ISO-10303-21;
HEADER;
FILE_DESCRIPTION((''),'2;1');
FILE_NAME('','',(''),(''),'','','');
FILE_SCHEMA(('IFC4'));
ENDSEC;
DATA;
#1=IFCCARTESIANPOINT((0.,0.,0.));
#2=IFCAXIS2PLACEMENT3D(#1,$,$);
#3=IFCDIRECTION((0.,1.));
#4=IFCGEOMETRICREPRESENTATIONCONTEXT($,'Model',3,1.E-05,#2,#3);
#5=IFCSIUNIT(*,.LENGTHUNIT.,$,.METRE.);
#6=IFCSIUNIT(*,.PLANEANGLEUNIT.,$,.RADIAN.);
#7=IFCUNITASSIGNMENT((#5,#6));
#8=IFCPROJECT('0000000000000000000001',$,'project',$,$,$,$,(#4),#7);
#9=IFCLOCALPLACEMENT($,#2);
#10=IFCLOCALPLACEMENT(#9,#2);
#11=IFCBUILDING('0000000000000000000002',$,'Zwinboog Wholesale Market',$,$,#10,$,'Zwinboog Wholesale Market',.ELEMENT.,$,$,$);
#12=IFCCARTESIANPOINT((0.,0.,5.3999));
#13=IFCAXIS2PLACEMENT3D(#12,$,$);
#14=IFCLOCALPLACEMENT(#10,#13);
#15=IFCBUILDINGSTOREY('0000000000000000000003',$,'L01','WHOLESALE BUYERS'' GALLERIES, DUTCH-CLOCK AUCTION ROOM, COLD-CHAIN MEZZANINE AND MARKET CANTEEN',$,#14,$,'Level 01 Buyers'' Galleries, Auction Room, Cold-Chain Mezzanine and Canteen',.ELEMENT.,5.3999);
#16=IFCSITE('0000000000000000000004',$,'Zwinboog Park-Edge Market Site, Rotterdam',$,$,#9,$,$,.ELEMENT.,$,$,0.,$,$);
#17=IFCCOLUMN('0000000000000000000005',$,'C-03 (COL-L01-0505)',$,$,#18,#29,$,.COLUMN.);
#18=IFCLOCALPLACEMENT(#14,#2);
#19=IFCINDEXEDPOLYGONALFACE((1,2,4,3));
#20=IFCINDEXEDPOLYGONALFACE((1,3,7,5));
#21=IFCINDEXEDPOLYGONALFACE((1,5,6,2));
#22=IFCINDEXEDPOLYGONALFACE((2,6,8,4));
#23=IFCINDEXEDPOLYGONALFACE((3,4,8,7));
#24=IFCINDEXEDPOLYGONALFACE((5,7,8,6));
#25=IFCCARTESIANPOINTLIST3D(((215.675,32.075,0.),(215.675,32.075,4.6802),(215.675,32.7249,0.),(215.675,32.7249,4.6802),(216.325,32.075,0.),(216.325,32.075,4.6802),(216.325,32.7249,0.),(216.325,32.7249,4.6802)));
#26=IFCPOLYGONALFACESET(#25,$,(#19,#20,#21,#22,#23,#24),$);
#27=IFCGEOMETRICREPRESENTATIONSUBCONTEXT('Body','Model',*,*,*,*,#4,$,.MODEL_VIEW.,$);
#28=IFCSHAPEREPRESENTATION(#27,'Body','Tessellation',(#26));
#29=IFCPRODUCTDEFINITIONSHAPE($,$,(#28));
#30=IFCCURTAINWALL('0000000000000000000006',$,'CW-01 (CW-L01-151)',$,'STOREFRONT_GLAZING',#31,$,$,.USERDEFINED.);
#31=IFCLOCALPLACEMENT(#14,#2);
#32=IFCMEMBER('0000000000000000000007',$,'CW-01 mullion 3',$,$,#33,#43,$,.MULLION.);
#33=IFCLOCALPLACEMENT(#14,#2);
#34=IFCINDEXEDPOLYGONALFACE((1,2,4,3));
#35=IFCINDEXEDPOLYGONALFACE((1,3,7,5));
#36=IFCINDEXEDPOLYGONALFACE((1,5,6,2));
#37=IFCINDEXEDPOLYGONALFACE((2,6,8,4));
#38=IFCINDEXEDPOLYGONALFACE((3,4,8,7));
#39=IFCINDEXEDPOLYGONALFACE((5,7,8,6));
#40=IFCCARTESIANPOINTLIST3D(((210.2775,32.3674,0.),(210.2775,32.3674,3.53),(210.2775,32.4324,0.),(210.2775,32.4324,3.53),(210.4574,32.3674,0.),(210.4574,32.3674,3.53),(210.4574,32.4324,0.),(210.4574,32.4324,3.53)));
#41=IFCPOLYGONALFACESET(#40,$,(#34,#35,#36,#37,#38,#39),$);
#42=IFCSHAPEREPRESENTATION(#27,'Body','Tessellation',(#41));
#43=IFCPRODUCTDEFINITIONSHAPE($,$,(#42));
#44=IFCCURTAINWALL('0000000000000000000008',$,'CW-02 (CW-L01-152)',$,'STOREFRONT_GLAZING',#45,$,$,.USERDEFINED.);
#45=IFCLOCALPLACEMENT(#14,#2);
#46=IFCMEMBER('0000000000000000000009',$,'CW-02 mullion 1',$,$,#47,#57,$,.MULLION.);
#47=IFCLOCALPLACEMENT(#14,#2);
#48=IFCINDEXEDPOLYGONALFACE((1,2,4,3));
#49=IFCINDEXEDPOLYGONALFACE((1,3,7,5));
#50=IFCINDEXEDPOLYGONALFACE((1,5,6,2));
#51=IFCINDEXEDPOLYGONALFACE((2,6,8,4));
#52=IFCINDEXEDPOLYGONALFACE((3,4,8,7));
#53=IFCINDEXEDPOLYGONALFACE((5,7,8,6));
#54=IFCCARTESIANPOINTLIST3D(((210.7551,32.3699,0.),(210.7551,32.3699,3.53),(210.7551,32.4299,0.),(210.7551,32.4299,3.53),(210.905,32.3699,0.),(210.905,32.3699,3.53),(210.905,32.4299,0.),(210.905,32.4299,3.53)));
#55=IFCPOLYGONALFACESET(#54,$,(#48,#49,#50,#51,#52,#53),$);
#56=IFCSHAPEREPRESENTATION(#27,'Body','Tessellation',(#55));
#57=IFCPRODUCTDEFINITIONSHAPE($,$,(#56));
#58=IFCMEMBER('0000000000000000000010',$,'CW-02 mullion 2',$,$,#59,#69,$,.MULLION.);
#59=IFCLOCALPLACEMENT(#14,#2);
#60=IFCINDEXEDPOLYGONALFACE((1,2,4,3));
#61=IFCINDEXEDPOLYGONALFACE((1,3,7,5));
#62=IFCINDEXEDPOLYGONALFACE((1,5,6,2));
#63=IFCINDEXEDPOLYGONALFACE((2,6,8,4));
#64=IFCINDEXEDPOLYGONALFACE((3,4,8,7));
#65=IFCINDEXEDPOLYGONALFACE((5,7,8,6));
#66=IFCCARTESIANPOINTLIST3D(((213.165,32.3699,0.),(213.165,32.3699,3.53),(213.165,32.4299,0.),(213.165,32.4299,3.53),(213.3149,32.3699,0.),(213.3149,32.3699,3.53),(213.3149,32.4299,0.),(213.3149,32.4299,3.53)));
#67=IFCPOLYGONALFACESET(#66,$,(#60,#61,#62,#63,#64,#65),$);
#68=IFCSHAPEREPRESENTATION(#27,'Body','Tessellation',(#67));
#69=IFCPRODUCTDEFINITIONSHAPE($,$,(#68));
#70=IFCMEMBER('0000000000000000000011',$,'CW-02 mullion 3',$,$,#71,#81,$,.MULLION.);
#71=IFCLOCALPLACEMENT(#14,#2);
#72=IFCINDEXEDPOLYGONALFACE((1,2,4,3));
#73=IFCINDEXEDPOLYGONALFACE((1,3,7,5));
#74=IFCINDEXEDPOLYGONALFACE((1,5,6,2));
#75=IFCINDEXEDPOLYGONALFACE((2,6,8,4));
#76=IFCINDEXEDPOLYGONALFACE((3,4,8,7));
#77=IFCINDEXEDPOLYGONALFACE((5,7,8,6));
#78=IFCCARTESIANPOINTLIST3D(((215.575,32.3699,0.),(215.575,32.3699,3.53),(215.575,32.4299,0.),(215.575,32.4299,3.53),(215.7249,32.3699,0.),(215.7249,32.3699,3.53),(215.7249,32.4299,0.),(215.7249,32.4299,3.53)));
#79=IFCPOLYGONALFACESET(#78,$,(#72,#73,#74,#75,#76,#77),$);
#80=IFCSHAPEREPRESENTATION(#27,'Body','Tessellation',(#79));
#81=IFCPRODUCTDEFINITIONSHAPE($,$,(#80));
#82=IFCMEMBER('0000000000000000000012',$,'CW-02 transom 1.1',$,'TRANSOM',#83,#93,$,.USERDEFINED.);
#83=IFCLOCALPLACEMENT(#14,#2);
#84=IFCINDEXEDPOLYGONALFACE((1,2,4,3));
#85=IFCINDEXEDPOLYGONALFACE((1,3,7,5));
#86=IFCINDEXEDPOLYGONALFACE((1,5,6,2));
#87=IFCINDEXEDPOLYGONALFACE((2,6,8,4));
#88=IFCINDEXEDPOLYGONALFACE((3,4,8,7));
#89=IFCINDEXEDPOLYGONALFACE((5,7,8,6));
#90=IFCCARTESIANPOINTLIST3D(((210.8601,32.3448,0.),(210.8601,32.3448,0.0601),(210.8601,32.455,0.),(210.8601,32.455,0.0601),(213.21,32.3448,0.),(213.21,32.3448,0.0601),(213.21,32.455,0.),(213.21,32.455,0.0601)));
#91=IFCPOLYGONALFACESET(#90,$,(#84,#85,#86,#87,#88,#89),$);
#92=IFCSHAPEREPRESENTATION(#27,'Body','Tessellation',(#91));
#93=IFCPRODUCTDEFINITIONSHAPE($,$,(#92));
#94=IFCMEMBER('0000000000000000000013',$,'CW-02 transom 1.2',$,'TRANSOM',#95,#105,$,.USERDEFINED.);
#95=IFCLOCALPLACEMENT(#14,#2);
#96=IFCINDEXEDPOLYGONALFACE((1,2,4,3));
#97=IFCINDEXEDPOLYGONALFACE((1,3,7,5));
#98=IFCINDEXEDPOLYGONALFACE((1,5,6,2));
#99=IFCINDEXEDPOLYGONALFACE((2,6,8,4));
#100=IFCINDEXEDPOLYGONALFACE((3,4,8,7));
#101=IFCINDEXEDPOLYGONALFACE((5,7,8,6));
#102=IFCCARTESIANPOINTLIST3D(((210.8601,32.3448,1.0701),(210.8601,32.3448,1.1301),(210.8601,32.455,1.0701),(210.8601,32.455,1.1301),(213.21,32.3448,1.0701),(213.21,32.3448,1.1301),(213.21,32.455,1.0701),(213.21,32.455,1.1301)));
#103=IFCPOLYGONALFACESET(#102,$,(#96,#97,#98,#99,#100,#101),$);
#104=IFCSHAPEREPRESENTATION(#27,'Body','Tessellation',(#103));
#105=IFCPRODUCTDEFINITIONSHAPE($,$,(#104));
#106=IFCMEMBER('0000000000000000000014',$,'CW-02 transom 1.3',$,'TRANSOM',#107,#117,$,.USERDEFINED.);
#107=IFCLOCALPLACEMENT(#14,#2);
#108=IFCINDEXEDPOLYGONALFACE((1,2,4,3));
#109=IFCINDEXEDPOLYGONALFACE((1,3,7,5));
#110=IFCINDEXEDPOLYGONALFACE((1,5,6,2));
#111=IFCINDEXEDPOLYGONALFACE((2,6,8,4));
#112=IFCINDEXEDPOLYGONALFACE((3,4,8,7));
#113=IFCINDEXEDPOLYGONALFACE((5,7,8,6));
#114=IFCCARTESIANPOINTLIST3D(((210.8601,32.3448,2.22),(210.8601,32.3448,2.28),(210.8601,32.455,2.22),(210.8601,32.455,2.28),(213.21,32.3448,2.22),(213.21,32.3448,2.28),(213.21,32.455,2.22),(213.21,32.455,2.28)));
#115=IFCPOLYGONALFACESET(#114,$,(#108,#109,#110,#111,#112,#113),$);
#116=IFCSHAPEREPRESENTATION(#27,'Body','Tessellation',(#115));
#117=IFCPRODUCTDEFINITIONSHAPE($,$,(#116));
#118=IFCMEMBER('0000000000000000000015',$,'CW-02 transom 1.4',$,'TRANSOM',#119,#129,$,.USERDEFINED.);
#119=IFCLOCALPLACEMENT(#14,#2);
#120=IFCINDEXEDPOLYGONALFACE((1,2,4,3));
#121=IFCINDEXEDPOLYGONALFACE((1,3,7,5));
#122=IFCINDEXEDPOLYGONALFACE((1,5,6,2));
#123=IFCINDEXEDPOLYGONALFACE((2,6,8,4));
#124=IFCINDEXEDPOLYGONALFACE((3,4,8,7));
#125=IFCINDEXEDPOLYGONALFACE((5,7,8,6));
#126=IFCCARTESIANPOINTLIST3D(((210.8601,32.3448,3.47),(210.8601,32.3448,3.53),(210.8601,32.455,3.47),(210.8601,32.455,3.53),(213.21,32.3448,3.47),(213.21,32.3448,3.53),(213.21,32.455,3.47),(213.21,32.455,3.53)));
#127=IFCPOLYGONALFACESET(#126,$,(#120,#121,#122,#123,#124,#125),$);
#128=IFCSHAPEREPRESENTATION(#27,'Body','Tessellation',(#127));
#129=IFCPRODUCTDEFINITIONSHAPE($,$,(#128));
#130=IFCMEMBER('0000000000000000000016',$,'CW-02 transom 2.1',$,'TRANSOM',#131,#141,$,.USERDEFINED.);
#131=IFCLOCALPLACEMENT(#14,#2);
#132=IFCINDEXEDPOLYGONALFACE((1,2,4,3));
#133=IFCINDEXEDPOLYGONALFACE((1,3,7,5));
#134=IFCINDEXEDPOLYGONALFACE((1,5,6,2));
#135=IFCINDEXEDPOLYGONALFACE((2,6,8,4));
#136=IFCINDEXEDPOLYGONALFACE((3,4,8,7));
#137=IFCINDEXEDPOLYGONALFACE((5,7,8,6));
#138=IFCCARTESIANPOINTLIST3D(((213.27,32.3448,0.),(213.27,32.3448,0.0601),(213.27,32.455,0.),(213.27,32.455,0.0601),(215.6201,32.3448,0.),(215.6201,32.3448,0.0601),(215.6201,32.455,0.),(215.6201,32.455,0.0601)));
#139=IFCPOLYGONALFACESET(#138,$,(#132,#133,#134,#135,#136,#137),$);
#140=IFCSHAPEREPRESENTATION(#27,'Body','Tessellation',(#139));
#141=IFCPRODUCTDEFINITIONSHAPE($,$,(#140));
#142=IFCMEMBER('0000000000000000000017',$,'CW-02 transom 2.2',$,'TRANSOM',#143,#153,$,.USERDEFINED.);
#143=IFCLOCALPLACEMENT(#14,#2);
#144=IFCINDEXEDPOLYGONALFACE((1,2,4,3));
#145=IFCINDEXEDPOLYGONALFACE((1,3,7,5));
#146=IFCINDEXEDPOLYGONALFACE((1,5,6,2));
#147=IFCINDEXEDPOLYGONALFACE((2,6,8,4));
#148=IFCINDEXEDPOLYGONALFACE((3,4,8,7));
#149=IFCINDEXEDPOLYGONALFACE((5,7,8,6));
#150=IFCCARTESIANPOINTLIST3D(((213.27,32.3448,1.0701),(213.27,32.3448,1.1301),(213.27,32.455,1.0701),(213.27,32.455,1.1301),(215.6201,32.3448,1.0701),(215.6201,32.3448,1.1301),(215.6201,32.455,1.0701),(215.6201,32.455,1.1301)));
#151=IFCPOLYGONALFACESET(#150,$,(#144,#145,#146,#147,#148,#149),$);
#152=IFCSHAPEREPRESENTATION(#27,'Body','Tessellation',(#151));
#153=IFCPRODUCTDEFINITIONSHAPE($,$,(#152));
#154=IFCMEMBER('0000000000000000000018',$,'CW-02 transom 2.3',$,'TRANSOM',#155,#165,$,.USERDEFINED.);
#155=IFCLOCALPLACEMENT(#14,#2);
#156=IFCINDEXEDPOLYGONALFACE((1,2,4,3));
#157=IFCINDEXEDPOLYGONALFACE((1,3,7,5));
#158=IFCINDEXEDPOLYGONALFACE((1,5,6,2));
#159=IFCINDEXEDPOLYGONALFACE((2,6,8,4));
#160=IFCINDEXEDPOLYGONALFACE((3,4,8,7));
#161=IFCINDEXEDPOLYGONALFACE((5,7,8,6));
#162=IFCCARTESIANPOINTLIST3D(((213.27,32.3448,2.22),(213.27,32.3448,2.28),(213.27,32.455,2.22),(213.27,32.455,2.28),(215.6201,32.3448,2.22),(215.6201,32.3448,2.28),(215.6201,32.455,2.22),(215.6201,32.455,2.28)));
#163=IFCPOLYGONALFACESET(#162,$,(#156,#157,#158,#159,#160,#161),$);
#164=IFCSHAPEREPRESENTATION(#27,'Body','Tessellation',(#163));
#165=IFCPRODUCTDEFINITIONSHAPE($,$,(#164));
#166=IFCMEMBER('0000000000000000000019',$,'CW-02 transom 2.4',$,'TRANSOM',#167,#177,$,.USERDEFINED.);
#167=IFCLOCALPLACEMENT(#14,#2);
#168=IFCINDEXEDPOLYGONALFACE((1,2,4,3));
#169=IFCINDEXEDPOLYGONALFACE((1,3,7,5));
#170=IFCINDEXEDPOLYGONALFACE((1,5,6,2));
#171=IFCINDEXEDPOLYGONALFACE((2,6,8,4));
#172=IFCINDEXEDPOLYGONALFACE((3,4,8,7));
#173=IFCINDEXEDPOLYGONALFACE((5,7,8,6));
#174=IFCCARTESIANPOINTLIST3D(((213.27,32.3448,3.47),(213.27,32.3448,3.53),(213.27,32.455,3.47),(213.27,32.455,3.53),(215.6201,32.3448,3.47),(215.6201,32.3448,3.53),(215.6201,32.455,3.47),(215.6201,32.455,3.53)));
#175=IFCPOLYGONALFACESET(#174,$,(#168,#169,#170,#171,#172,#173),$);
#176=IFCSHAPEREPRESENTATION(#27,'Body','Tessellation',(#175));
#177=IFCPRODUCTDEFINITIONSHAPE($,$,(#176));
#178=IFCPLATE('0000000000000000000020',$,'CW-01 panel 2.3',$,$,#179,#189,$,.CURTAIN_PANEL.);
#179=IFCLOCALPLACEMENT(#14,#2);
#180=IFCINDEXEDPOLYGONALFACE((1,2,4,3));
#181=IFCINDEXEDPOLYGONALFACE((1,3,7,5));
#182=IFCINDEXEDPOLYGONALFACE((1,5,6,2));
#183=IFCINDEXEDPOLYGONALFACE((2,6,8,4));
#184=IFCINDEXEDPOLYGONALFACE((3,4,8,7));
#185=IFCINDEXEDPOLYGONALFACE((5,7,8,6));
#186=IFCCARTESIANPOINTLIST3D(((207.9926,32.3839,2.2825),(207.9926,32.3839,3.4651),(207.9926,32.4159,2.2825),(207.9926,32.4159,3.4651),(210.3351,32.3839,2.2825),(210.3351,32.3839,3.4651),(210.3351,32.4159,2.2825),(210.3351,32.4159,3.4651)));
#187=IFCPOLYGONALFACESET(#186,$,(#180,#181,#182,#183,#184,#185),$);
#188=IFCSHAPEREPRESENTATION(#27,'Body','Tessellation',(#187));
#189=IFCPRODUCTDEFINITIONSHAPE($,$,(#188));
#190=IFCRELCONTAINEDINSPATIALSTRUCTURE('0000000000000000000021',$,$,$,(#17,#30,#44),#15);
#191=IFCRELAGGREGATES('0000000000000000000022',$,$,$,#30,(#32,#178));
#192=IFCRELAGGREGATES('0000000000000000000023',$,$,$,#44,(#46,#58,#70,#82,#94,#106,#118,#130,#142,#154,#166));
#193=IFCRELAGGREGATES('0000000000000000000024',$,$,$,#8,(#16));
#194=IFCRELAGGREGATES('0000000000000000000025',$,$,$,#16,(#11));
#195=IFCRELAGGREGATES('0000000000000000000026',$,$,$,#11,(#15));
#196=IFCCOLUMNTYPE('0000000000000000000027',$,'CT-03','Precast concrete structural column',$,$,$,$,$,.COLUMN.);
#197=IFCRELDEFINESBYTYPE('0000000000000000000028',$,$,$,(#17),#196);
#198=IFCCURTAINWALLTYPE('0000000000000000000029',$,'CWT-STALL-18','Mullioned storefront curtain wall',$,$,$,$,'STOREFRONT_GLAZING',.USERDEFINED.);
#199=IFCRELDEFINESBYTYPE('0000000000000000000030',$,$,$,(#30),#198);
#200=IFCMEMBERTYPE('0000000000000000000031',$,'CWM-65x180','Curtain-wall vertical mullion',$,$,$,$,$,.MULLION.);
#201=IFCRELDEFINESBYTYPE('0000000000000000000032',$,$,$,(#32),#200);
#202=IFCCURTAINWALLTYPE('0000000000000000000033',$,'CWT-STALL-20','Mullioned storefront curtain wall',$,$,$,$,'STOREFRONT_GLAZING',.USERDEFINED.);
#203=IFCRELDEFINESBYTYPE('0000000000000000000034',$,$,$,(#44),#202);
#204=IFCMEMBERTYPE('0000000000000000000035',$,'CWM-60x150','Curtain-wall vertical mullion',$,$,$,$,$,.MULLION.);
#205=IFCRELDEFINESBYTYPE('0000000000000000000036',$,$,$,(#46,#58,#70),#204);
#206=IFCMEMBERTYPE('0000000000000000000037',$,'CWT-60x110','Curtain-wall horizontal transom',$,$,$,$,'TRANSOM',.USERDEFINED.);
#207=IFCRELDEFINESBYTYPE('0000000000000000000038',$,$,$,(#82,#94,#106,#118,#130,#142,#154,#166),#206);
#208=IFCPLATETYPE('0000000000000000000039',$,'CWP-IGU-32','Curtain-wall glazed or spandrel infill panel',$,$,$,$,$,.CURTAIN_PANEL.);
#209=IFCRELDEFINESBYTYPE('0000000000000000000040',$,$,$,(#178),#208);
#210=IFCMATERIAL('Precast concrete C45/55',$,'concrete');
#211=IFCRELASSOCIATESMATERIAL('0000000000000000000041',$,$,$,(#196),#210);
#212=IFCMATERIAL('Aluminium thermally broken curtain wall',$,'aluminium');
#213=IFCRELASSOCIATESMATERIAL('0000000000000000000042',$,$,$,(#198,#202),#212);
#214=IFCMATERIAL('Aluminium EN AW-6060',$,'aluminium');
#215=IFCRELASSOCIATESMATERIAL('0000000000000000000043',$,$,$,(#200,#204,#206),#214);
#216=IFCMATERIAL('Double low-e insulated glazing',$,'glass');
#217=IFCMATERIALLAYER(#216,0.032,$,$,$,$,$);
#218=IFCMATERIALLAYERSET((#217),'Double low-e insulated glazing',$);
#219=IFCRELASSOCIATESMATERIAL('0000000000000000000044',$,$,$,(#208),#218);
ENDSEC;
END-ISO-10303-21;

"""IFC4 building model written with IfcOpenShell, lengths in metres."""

from ifc_helpers import new_model, si_unit, direction, frame, origin, origin_2d, place, context, subcontext, project, spatial, rectangle, extrude, material, layer, layer_set, material_profile, profile_set, type_object, element, aggregate, save


model = new_model("IFC4")

# Units and contexts
model_context = context("Model", 3, precision=1e-05, world=origin(), true_north=direction((0.0, 1.0)))
body_context = subcontext(model_context, "Body", "Model", "MODEL_VIEW")
ifc_project = project(units=[si_unit("LENGTHUNIT", "METRE"), si_unit("PLANEANGLEUNIT", "RADIAN")], contexts=[model_context])

# Site, building, storey
site_placement = place(None, origin())
site = spatial("IfcSite", under=ifc_project, at=site_placement, Name="Zwinboog Park-Edge Market Site, Rotterdam", CompositionType="ELEMENT", RefElevation=0.0)
building_placement = place(site_placement, origin())
building = spatial("IfcBuilding", under=site, at=building_placement, Name="Zwinboog Wholesale Market", LongName="Zwinboog Wholesale Market", CompositionType="ELEMENT")
storey_placement = place(building_placement, frame((0.0, 0.0, 5.3999)))
storey = spatial("IfcBuildingStorey", under=building, at=storey_placement, Name="L01", Description="WHOLESALE BUYERS' GALLERIES, DUTCH-CLOCK AUCTION ROOM, COLD-CHAIN MEZZANINE AND MARKET CANTEEN", LongName="Level 01 Buyers' Galleries, Auction Room, Cold-Chain Mezzanine and Canteen", CompositionType="ELEMENT", Elevation=5.3999)

# Column
ifc_material_1 = material(Name="Precast concrete C45/55", Category="concrete")
ifc_material_profile_1 = material_profile(ifc_material_1, rectangle(XDim=0.6499, YDim=0.6499, at=origin_2d()), Name="PC 650x650")
ifc_profile_set_1 = profile_set([ifc_material_profile_1], Name="Precast concrete C45/55")
column_type = type_object("IfcColumnType", Name="CT-03", Description="Precast concrete structural column", PredefinedType="COLUMN", material=ifc_profile_set_1)
column_placement = place(storey_placement, frame((216.0, 32.3999, 0.0), z_axis=(0.0, 0.0, 1.0), x_axis=(1.0, 0.0, 0.0)))
element("IfcColumn", 1, at=column_placement, inside=storey, type_object=column_type, Name="C-03 (COL-L01-0505)", PredefinedType="COLUMN", context=body_context, shape_type="SweptSolid", body=[
    extrude(rectangle(XDim=0.6499, YDim=0.6499, at=origin_2d()), origin(), (0.0, 0.0, 1.0), 4.6802),
])

# Curtain wall, member
ifc_material_2 = material(Name="Aluminium thermally broken curtain wall", Category="aluminium")
curtain_wall_type_1 = type_object("IfcCurtainWallType", Name="CWT-STALL-18", Description="Mullioned storefront curtain wall", ElementType="STOREFRONT_GLAZING", PredefinedType="USERDEFINED", material=ifc_material_2)
curtain_wall_1_placement = place(storey_placement, origin())
curtain_wall_1 = element("IfcCurtainWall", 2, at=curtain_wall_1_placement, inside=storey, type_object=curtain_wall_type_1, Name="CW-01 (CW-L01-151)", ObjectType="STOREFRONT_GLAZING", PredefinedType="USERDEFINED")
ifc_material_3 = material(Name="Aluminium EN AW-6060", Category="aluminium")
ifc_material_profile_2 = material_profile(ifc_material_3, rectangle(XDim=0.0649, YDim=0.1799, at=origin_2d()), Name="AL 65x180")
ifc_profile_set_2 = profile_set([ifc_material_profile_2], Name="Aluminium EN AW-6060")
member_type_1 = type_object("IfcMemberType", Name="CWM-65x180", Description="Curtain-wall vertical mullion", PredefinedType="MULLION", material=ifc_profile_set_2)
member_1_placement = place(storey_placement, frame((210.3674, 32.3999, 0.0), z_axis=(0.0, 0.0, 1.0), x_axis=(0.0, 1.0, 0.0)))
member_1 = element("IfcMember", 3, at=member_1_placement, type_object=member_type_1, Name="CW-01 mullion 3", PredefinedType="MULLION", context=body_context, shape_type="SweptSolid", body=[
    extrude(rectangle(XDim=0.0649, YDim=0.1799, at=origin_2d()), origin(), (0.0, 0.0, 1.0), 3.53),
])

# Curtain wall, members
curtain_wall_type_2 = type_object("IfcCurtainWallType", Name="CWT-STALL-20", Description="Mullioned storefront curtain wall", ElementType="STOREFRONT_GLAZING", PredefinedType="USERDEFINED", material=ifc_material_2)
curtain_wall_2_placement = place(storey_placement, origin())
curtain_wall_2 = element("IfcCurtainWall", 4, at=curtain_wall_2_placement, inside=storey, type_object=curtain_wall_type_2, Name="CW-02 (CW-L01-152)", ObjectType="STOREFRONT_GLAZING", PredefinedType="USERDEFINED")
ifc_material_profile_3 = material_profile(ifc_material_3, rectangle(XDim=0.0601, YDim=0.1499, at=origin_2d()), Name="AL 60x150")
ifc_profile_set_3 = profile_set([ifc_material_profile_3], Name="Aluminium EN AW-6060")
member_type_2 = type_object("IfcMemberType", Name="CWM-60x150", Description="Curtain-wall vertical mullion", PredefinedType="MULLION", material=ifc_profile_set_3)
member_2_placement = place(storey_placement, frame((210.8301, 32.3999, 0.0), z_axis=(0.0, 0.0, 1.0), x_axis=(0.0, 1.0, 0.0)))
member_2 = element("IfcMember", 5, at=member_2_placement, type_object=member_type_2, Name="CW-02 mullion 1", PredefinedType="MULLION", context=body_context, shape_type="SweptSolid", body=[
    extrude(rectangle(XDim=0.0601, YDim=0.1499, at=origin_2d()), origin(), (0.0, 0.0, 1.0), 3.53),
])
member_3_placement = place(storey_placement, frame((213.24, 32.3999, 0.0), z_axis=(0.0, 0.0, 1.0), x_axis=(0.0, 1.0, 0.0)))
member_3 = element("IfcMember", 6, at=member_3_placement, type_object=member_type_2, Name="CW-02 mullion 2", PredefinedType="MULLION", context=body_context, shape_type="SweptSolid", body=[
    extrude(rectangle(XDim=0.0601, YDim=0.1499, at=origin_2d()), origin(), (0.0, 0.0, 1.0), 3.53),
])
member_4_placement = place(storey_placement, frame((215.6499, 32.3999, 0.0), z_axis=(0.0, 0.0, 1.0), x_axis=(0.0, 1.0, 0.0)))
member_4 = element("IfcMember", 7, at=member_4_placement, type_object=member_type_2, Name="CW-02 mullion 3", PredefinedType="MULLION", context=body_context, shape_type="SweptSolid", body=[
    extrude(rectangle(XDim=0.0601, YDim=0.1499, at=origin_2d()), origin(), (0.0, 0.0, 1.0), 3.53),
])
ifc_material_profile_4 = material_profile(ifc_material_3, rectangle(XDim=0.1101, YDim=0.0601, at=origin_2d()), Name="AL 60x110")
ifc_profile_set_4 = profile_set([ifc_material_profile_4], Name="Aluminium EN AW-6060")
member_type_3 = type_object("IfcMemberType", Name="CWT-60x110", Description="Curtain-wall horizontal transom", ElementType="TRANSOM", PredefinedType="USERDEFINED", material=ifc_profile_set_4)
member_5_placement = place(storey_placement, frame((210.8601, 32.3999, 0.03), z_axis=(1.0, 0.0, 0.0), x_axis=(0.0, 1.0, 0.0)))
member_5 = element("IfcMember", 8, at=member_5_placement, type_object=member_type_3, Name="CW-02 transom 1.1", ObjectType="TRANSOM", PredefinedType="USERDEFINED", context=body_context, shape_type="SweptSolid", body=[
    extrude(rectangle(XDim=0.1101, YDim=0.0601, at=origin_2d()), origin(), (0.0, 0.0, 1.0), 2.3499),
])
member_6_placement = place(storey_placement, frame((210.8601, 32.3999, 1.1001), z_axis=(1.0, 0.0, 0.0), x_axis=(0.0, 1.0, 0.0)))
member_6 = element("IfcMember", 9, at=member_6_placement, type_object=member_type_3, Name="CW-02 transom 1.2", ObjectType="TRANSOM", PredefinedType="USERDEFINED", context=body_context, shape_type="SweptSolid", body=[
    extrude(rectangle(XDim=0.1101, YDim=0.0601, at=origin_2d()), origin(), (0.0, 0.0, 1.0), 2.3499),
])
member_7_placement = place(storey_placement, frame((210.8601, 32.3999, 2.25), z_axis=(1.0, 0.0, 0.0), x_axis=(0.0, 1.0, 0.0)))
member_7 = element("IfcMember", 10, at=member_7_placement, type_object=member_type_3, Name="CW-02 transom 1.3", ObjectType="TRANSOM", PredefinedType="USERDEFINED", context=body_context, shape_type="SweptSolid", body=[
    extrude(rectangle(XDim=0.1101, YDim=0.0601, at=origin_2d()), origin(), (0.0, 0.0, 1.0), 2.3499),
])
member_8_placement = place(storey_placement, frame((210.8601, 32.3999, 3.5), z_axis=(1.0, 0.0, 0.0), x_axis=(0.0, 1.0, 0.0)))
member_8 = element("IfcMember", 11, at=member_8_placement, type_object=member_type_3, Name="CW-02 transom 1.4", ObjectType="TRANSOM", PredefinedType="USERDEFINED", context=body_context, shape_type="SweptSolid", body=[
    extrude(rectangle(XDim=0.1101, YDim=0.0601, at=origin_2d()), origin(), (0.0, 0.0, 1.0), 2.3499),
])
member_9_placement = place(storey_placement, frame((213.27, 32.3999, 0.03), z_axis=(1.0, 0.0, 0.0), x_axis=(0.0, 1.0, 0.0)))
member_9 = element("IfcMember", 12, at=member_9_placement, type_object=member_type_3, Name="CW-02 transom 2.1", ObjectType="TRANSOM", PredefinedType="USERDEFINED", context=body_context, shape_type="SweptSolid", body=[
    extrude(rectangle(XDim=0.1101, YDim=0.0601, at=origin_2d()), origin(), (0.0, 0.0, 1.0), 2.3501),
])
member_10_placement = place(storey_placement, frame((213.27, 32.3999, 1.1001), z_axis=(1.0, 0.0, 0.0), x_axis=(0.0, 1.0, 0.0)))
member_10 = element("IfcMember", 13, at=member_10_placement, type_object=member_type_3, Name="CW-02 transom 2.2", ObjectType="TRANSOM", PredefinedType="USERDEFINED", context=body_context, shape_type="SweptSolid", body=[
    extrude(rectangle(XDim=0.1101, YDim=0.0601, at=origin_2d()), origin(), (0.0, 0.0, 1.0), 2.3501),
])
member_11_placement = place(storey_placement, frame((213.27, 32.3999, 2.25), z_axis=(1.0, 0.0, 0.0), x_axis=(0.0, 1.0, 0.0)))
member_11 = element("IfcMember", 14, at=member_11_placement, type_object=member_type_3, Name="CW-02 transom 2.3", ObjectType="TRANSOM", PredefinedType="USERDEFINED", context=body_context, shape_type="SweptSolid", body=[
    extrude(rectangle(XDim=0.1101, YDim=0.0601, at=origin_2d()), origin(), (0.0, 0.0, 1.0), 2.3501),
])
member_12_placement = place(storey_placement, frame((213.27, 32.3999, 3.5), z_axis=(1.0, 0.0, 0.0), x_axis=(0.0, 1.0, 0.0)))
member_12 = element("IfcMember", 15, at=member_12_placement, type_object=member_type_3, Name="CW-02 transom 2.4", ObjectType="TRANSOM", PredefinedType="USERDEFINED", context=body_context, shape_type="SweptSolid", body=[
    extrude(rectangle(XDim=0.1101, YDim=0.0601, at=origin_2d()), origin(), (0.0, 0.0, 1.0), 2.3501),
])

# Plate
ifc_material_4 = material(Name="Double low-e insulated glazing", Category="glass")
ifc_layer_1 = layer(ifc_material_4, 0.032)
ifc_layer_set_1 = layer_set([ifc_layer_1], Name="Double low-e insulated glazing")
plate_type = type_object("IfcPlateType", Name="CWP-IGU-32", Description="Curtain-wall glazed or spandrel infill panel", PredefinedType="CURTAIN_PANEL", material=ifc_layer_set_1)
plate_1_placement = place(storey_placement, frame((209.1638, 32.3999, 2.2825), z_axis=(0.0, 0.0, 1.0), x_axis=(1.0, 0.0, 0.0)))
plate_1 = element("IfcPlate", 16, at=plate_1_placement, type_object=plate_type, Name="CW-01 panel 2.3", PredefinedType="CURTAIN_PANEL", context=body_context, shape_type="SweptSolid", body=[
    extrude(rectangle(XDim=2.3425, YDim=0.032, at=origin_2d()), origin(), (0.0, 0.0, 1.0), 1.1826),
])
aggregate(curtain_wall_1, [member_1, plate_1])
aggregate(curtain_wall_2, [member_2, member_3, member_4, member_5, member_6, member_7, member_8, member_9, member_10, member_11, member_12])

save(model, "model.ifc")
